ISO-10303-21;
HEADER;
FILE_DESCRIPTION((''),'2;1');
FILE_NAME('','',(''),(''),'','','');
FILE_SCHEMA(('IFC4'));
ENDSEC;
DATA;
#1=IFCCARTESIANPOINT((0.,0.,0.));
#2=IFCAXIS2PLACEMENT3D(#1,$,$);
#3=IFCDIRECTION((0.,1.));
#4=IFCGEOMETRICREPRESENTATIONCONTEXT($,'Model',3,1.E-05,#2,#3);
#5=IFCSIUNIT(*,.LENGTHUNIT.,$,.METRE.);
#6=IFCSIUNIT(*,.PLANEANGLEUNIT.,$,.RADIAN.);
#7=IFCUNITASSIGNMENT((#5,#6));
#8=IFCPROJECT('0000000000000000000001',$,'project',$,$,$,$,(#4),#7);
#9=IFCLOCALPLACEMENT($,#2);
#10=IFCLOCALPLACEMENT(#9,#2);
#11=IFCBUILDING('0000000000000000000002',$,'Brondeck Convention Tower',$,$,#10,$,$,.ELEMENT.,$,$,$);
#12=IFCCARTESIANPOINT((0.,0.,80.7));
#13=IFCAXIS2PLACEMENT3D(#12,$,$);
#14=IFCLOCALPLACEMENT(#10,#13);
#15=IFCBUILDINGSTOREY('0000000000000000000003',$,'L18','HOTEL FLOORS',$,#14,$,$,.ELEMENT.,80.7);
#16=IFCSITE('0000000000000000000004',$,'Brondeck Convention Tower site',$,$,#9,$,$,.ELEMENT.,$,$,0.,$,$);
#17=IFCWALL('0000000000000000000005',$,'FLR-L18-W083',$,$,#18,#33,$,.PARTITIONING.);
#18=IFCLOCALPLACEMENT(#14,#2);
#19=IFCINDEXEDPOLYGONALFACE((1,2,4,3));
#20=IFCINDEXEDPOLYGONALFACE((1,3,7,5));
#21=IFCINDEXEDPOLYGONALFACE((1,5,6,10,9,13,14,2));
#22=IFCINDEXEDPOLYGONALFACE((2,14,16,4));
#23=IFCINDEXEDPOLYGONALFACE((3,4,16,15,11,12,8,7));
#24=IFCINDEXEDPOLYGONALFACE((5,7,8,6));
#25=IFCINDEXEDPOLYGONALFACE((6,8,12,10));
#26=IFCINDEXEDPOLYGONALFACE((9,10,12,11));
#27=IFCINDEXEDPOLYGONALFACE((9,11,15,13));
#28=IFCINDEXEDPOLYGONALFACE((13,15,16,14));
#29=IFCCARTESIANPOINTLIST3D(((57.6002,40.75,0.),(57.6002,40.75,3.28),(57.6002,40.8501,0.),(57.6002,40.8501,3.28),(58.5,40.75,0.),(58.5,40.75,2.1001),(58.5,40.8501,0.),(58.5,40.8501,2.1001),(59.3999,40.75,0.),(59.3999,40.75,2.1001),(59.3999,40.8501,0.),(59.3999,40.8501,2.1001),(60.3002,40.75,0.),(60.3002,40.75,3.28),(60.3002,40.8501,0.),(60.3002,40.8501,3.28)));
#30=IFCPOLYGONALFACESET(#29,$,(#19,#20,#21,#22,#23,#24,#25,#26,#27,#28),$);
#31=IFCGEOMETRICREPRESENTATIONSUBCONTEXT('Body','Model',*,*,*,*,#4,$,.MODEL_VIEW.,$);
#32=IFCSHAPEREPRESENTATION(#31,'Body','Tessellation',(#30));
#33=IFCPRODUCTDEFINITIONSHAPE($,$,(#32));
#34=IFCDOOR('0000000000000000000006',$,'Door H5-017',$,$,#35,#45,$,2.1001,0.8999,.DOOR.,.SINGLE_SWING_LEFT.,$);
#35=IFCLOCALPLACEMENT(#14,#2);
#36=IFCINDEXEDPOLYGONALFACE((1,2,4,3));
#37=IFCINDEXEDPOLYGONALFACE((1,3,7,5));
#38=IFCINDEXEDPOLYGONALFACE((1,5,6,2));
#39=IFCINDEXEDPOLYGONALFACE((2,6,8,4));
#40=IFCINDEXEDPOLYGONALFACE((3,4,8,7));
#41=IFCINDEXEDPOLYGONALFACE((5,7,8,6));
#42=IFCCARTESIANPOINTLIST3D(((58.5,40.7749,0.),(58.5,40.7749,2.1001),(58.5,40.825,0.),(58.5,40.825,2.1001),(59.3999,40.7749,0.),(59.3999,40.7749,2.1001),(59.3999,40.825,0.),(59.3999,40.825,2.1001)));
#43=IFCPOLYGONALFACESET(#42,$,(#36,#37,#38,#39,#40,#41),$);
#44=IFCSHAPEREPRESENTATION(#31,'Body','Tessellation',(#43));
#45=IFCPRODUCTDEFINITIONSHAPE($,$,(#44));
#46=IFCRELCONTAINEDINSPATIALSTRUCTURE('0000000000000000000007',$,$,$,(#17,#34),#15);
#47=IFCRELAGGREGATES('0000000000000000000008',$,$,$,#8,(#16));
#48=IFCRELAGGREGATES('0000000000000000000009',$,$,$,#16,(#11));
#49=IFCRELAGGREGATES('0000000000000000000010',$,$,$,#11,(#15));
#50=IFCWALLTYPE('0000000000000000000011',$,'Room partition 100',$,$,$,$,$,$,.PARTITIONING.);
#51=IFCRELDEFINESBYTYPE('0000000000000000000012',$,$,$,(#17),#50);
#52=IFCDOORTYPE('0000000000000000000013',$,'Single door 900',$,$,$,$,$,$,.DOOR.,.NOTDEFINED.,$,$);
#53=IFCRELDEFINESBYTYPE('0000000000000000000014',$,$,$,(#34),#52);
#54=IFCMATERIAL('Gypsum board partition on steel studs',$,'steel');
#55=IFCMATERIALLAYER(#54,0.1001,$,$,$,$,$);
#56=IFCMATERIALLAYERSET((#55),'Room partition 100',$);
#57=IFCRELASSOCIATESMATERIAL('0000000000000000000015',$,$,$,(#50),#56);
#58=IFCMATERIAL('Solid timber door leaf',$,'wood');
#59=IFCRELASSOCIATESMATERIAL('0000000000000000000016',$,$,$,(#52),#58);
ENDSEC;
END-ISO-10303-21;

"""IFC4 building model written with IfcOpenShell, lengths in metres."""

from ifc_helpers import new_model, si_unit, direction, frame, frame_2d, origin, place, context, subcontext, project, spatial, rectangle, extrude, material, layer, layer_set, type_object, element, fill, save


model = new_model("IFC4")

# Units and contexts
model_context = context("Model", 3, precision=1e-05, world=origin(), true_north=direction((0.0, 1.0)))
body_context = subcontext(model_context, "Body", "Model", "MODEL_VIEW")
ifc_project = project(units=[si_unit("LENGTHUNIT", "METRE"), si_unit("PLANEANGLEUNIT", "RADIAN")], contexts=[model_context])

# Site, building, storey
site_placement = place(None, origin())
site = spatial("IfcSite", under=ifc_project, at=site_placement, Name="Brondeck Convention Tower site", CompositionType="ELEMENT", RefElevation=0.0)
building_placement = place(site_placement, origin())
building = spatial("IfcBuilding", under=site, at=building_placement, Name="Brondeck Convention Tower", CompositionType="ELEMENT")
storey_placement = place(building_placement, frame((0.0, 0.0, 80.7)))
storey = spatial("IfcBuildingStorey", under=building, at=storey_placement, Name="L18", Description="HOTEL FLOORS", CompositionType="ELEMENT", Elevation=80.7)

# Shared definitions
ifc_material_1 = material(Name="Solid timber door leaf", Category="wood")

# Shared definitions
ifc_material_2 = material(Name="Gypsum board partition on steel studs", Category="steel")
ifc_layer_1 = layer(ifc_material_2, 0.1001)
ifc_layer_set_1 = layer_set([ifc_layer_1], Name="Room partition 100")
wall_type_1 = type_object("IfcWallType", Name="Room partition 100", PredefinedType="PARTITIONING", material=ifc_layer_set_1)

# Wall, opening, door
wall_1_placement = place(storey_placement, frame((57.6001, 40.8, 0.0), z_axis=(0.0, 0.0, 1.0), x_axis=(1.0, 0.0, 0.0)))
wall_1 = element("IfcWall", 1, at=wall_1_placement, inside=storey, type_object=wall_type_1, Name="FLR-L18-W083", PredefinedType="PARTITIONING", context=body_context, shape_type="SweptSolid", body=[
    extrude(rectangle(XDim=2.7, YDim=0.1001, at=frame_2d((1.3501, 0.0))), origin(), (0.0, 0.0, 1.0), 3.28),
])
opening_1_placement = place(wall_1_placement, frame((0.8999, 0.0, 0.0)))
opening_1 = element("IfcOpeningElement", 2, at=opening_1_placement, cuts=wall_1, PredefinedType="OPENING", context=body_context, shape_type="SweptSolid", body=[
    extrude(rectangle(XDim=0.8999, YDim=2.1001, at=frame_2d((0.45, 1.05))), frame((0.0, 0.0601, 0.0), z_axis=(0.0, -1.0, 0.0), x_axis=(1.0, 0.0, 0.0)), (0.0, 0.0, 1.0), 0.1201),
])
door_type_1 = type_object("IfcDoorType", Name="Single door 900", OperationType="NOTDEFINED", PredefinedType="DOOR", material=ifc_material_1)
door_1_placement = place(opening_1_placement, origin())
door_1 = element("IfcDoor", 3, at=door_1_placement, inside=storey, type_object=door_type_1, Name="Door H5-017", OperationType="SINGLE_SWING_LEFT", OverallHeight=2.1001, OverallWidth=0.8999, PredefinedType="DOOR", context=body_context, shape_type="SweptSolid", body=[
    extrude(rectangle(XDim=0.8999, YDim=2.1001, at=frame_2d((0.45, 1.05))), frame((0.0, 0.0249, 0.0), z_axis=(0.0, -1.0, 0.0), x_axis=(1.0, 0.0, 0.0)), (0.0, 0.0, 1.0), 0.05),
])
fill(opening_1, door_1)

save(model, "model.ifc")
